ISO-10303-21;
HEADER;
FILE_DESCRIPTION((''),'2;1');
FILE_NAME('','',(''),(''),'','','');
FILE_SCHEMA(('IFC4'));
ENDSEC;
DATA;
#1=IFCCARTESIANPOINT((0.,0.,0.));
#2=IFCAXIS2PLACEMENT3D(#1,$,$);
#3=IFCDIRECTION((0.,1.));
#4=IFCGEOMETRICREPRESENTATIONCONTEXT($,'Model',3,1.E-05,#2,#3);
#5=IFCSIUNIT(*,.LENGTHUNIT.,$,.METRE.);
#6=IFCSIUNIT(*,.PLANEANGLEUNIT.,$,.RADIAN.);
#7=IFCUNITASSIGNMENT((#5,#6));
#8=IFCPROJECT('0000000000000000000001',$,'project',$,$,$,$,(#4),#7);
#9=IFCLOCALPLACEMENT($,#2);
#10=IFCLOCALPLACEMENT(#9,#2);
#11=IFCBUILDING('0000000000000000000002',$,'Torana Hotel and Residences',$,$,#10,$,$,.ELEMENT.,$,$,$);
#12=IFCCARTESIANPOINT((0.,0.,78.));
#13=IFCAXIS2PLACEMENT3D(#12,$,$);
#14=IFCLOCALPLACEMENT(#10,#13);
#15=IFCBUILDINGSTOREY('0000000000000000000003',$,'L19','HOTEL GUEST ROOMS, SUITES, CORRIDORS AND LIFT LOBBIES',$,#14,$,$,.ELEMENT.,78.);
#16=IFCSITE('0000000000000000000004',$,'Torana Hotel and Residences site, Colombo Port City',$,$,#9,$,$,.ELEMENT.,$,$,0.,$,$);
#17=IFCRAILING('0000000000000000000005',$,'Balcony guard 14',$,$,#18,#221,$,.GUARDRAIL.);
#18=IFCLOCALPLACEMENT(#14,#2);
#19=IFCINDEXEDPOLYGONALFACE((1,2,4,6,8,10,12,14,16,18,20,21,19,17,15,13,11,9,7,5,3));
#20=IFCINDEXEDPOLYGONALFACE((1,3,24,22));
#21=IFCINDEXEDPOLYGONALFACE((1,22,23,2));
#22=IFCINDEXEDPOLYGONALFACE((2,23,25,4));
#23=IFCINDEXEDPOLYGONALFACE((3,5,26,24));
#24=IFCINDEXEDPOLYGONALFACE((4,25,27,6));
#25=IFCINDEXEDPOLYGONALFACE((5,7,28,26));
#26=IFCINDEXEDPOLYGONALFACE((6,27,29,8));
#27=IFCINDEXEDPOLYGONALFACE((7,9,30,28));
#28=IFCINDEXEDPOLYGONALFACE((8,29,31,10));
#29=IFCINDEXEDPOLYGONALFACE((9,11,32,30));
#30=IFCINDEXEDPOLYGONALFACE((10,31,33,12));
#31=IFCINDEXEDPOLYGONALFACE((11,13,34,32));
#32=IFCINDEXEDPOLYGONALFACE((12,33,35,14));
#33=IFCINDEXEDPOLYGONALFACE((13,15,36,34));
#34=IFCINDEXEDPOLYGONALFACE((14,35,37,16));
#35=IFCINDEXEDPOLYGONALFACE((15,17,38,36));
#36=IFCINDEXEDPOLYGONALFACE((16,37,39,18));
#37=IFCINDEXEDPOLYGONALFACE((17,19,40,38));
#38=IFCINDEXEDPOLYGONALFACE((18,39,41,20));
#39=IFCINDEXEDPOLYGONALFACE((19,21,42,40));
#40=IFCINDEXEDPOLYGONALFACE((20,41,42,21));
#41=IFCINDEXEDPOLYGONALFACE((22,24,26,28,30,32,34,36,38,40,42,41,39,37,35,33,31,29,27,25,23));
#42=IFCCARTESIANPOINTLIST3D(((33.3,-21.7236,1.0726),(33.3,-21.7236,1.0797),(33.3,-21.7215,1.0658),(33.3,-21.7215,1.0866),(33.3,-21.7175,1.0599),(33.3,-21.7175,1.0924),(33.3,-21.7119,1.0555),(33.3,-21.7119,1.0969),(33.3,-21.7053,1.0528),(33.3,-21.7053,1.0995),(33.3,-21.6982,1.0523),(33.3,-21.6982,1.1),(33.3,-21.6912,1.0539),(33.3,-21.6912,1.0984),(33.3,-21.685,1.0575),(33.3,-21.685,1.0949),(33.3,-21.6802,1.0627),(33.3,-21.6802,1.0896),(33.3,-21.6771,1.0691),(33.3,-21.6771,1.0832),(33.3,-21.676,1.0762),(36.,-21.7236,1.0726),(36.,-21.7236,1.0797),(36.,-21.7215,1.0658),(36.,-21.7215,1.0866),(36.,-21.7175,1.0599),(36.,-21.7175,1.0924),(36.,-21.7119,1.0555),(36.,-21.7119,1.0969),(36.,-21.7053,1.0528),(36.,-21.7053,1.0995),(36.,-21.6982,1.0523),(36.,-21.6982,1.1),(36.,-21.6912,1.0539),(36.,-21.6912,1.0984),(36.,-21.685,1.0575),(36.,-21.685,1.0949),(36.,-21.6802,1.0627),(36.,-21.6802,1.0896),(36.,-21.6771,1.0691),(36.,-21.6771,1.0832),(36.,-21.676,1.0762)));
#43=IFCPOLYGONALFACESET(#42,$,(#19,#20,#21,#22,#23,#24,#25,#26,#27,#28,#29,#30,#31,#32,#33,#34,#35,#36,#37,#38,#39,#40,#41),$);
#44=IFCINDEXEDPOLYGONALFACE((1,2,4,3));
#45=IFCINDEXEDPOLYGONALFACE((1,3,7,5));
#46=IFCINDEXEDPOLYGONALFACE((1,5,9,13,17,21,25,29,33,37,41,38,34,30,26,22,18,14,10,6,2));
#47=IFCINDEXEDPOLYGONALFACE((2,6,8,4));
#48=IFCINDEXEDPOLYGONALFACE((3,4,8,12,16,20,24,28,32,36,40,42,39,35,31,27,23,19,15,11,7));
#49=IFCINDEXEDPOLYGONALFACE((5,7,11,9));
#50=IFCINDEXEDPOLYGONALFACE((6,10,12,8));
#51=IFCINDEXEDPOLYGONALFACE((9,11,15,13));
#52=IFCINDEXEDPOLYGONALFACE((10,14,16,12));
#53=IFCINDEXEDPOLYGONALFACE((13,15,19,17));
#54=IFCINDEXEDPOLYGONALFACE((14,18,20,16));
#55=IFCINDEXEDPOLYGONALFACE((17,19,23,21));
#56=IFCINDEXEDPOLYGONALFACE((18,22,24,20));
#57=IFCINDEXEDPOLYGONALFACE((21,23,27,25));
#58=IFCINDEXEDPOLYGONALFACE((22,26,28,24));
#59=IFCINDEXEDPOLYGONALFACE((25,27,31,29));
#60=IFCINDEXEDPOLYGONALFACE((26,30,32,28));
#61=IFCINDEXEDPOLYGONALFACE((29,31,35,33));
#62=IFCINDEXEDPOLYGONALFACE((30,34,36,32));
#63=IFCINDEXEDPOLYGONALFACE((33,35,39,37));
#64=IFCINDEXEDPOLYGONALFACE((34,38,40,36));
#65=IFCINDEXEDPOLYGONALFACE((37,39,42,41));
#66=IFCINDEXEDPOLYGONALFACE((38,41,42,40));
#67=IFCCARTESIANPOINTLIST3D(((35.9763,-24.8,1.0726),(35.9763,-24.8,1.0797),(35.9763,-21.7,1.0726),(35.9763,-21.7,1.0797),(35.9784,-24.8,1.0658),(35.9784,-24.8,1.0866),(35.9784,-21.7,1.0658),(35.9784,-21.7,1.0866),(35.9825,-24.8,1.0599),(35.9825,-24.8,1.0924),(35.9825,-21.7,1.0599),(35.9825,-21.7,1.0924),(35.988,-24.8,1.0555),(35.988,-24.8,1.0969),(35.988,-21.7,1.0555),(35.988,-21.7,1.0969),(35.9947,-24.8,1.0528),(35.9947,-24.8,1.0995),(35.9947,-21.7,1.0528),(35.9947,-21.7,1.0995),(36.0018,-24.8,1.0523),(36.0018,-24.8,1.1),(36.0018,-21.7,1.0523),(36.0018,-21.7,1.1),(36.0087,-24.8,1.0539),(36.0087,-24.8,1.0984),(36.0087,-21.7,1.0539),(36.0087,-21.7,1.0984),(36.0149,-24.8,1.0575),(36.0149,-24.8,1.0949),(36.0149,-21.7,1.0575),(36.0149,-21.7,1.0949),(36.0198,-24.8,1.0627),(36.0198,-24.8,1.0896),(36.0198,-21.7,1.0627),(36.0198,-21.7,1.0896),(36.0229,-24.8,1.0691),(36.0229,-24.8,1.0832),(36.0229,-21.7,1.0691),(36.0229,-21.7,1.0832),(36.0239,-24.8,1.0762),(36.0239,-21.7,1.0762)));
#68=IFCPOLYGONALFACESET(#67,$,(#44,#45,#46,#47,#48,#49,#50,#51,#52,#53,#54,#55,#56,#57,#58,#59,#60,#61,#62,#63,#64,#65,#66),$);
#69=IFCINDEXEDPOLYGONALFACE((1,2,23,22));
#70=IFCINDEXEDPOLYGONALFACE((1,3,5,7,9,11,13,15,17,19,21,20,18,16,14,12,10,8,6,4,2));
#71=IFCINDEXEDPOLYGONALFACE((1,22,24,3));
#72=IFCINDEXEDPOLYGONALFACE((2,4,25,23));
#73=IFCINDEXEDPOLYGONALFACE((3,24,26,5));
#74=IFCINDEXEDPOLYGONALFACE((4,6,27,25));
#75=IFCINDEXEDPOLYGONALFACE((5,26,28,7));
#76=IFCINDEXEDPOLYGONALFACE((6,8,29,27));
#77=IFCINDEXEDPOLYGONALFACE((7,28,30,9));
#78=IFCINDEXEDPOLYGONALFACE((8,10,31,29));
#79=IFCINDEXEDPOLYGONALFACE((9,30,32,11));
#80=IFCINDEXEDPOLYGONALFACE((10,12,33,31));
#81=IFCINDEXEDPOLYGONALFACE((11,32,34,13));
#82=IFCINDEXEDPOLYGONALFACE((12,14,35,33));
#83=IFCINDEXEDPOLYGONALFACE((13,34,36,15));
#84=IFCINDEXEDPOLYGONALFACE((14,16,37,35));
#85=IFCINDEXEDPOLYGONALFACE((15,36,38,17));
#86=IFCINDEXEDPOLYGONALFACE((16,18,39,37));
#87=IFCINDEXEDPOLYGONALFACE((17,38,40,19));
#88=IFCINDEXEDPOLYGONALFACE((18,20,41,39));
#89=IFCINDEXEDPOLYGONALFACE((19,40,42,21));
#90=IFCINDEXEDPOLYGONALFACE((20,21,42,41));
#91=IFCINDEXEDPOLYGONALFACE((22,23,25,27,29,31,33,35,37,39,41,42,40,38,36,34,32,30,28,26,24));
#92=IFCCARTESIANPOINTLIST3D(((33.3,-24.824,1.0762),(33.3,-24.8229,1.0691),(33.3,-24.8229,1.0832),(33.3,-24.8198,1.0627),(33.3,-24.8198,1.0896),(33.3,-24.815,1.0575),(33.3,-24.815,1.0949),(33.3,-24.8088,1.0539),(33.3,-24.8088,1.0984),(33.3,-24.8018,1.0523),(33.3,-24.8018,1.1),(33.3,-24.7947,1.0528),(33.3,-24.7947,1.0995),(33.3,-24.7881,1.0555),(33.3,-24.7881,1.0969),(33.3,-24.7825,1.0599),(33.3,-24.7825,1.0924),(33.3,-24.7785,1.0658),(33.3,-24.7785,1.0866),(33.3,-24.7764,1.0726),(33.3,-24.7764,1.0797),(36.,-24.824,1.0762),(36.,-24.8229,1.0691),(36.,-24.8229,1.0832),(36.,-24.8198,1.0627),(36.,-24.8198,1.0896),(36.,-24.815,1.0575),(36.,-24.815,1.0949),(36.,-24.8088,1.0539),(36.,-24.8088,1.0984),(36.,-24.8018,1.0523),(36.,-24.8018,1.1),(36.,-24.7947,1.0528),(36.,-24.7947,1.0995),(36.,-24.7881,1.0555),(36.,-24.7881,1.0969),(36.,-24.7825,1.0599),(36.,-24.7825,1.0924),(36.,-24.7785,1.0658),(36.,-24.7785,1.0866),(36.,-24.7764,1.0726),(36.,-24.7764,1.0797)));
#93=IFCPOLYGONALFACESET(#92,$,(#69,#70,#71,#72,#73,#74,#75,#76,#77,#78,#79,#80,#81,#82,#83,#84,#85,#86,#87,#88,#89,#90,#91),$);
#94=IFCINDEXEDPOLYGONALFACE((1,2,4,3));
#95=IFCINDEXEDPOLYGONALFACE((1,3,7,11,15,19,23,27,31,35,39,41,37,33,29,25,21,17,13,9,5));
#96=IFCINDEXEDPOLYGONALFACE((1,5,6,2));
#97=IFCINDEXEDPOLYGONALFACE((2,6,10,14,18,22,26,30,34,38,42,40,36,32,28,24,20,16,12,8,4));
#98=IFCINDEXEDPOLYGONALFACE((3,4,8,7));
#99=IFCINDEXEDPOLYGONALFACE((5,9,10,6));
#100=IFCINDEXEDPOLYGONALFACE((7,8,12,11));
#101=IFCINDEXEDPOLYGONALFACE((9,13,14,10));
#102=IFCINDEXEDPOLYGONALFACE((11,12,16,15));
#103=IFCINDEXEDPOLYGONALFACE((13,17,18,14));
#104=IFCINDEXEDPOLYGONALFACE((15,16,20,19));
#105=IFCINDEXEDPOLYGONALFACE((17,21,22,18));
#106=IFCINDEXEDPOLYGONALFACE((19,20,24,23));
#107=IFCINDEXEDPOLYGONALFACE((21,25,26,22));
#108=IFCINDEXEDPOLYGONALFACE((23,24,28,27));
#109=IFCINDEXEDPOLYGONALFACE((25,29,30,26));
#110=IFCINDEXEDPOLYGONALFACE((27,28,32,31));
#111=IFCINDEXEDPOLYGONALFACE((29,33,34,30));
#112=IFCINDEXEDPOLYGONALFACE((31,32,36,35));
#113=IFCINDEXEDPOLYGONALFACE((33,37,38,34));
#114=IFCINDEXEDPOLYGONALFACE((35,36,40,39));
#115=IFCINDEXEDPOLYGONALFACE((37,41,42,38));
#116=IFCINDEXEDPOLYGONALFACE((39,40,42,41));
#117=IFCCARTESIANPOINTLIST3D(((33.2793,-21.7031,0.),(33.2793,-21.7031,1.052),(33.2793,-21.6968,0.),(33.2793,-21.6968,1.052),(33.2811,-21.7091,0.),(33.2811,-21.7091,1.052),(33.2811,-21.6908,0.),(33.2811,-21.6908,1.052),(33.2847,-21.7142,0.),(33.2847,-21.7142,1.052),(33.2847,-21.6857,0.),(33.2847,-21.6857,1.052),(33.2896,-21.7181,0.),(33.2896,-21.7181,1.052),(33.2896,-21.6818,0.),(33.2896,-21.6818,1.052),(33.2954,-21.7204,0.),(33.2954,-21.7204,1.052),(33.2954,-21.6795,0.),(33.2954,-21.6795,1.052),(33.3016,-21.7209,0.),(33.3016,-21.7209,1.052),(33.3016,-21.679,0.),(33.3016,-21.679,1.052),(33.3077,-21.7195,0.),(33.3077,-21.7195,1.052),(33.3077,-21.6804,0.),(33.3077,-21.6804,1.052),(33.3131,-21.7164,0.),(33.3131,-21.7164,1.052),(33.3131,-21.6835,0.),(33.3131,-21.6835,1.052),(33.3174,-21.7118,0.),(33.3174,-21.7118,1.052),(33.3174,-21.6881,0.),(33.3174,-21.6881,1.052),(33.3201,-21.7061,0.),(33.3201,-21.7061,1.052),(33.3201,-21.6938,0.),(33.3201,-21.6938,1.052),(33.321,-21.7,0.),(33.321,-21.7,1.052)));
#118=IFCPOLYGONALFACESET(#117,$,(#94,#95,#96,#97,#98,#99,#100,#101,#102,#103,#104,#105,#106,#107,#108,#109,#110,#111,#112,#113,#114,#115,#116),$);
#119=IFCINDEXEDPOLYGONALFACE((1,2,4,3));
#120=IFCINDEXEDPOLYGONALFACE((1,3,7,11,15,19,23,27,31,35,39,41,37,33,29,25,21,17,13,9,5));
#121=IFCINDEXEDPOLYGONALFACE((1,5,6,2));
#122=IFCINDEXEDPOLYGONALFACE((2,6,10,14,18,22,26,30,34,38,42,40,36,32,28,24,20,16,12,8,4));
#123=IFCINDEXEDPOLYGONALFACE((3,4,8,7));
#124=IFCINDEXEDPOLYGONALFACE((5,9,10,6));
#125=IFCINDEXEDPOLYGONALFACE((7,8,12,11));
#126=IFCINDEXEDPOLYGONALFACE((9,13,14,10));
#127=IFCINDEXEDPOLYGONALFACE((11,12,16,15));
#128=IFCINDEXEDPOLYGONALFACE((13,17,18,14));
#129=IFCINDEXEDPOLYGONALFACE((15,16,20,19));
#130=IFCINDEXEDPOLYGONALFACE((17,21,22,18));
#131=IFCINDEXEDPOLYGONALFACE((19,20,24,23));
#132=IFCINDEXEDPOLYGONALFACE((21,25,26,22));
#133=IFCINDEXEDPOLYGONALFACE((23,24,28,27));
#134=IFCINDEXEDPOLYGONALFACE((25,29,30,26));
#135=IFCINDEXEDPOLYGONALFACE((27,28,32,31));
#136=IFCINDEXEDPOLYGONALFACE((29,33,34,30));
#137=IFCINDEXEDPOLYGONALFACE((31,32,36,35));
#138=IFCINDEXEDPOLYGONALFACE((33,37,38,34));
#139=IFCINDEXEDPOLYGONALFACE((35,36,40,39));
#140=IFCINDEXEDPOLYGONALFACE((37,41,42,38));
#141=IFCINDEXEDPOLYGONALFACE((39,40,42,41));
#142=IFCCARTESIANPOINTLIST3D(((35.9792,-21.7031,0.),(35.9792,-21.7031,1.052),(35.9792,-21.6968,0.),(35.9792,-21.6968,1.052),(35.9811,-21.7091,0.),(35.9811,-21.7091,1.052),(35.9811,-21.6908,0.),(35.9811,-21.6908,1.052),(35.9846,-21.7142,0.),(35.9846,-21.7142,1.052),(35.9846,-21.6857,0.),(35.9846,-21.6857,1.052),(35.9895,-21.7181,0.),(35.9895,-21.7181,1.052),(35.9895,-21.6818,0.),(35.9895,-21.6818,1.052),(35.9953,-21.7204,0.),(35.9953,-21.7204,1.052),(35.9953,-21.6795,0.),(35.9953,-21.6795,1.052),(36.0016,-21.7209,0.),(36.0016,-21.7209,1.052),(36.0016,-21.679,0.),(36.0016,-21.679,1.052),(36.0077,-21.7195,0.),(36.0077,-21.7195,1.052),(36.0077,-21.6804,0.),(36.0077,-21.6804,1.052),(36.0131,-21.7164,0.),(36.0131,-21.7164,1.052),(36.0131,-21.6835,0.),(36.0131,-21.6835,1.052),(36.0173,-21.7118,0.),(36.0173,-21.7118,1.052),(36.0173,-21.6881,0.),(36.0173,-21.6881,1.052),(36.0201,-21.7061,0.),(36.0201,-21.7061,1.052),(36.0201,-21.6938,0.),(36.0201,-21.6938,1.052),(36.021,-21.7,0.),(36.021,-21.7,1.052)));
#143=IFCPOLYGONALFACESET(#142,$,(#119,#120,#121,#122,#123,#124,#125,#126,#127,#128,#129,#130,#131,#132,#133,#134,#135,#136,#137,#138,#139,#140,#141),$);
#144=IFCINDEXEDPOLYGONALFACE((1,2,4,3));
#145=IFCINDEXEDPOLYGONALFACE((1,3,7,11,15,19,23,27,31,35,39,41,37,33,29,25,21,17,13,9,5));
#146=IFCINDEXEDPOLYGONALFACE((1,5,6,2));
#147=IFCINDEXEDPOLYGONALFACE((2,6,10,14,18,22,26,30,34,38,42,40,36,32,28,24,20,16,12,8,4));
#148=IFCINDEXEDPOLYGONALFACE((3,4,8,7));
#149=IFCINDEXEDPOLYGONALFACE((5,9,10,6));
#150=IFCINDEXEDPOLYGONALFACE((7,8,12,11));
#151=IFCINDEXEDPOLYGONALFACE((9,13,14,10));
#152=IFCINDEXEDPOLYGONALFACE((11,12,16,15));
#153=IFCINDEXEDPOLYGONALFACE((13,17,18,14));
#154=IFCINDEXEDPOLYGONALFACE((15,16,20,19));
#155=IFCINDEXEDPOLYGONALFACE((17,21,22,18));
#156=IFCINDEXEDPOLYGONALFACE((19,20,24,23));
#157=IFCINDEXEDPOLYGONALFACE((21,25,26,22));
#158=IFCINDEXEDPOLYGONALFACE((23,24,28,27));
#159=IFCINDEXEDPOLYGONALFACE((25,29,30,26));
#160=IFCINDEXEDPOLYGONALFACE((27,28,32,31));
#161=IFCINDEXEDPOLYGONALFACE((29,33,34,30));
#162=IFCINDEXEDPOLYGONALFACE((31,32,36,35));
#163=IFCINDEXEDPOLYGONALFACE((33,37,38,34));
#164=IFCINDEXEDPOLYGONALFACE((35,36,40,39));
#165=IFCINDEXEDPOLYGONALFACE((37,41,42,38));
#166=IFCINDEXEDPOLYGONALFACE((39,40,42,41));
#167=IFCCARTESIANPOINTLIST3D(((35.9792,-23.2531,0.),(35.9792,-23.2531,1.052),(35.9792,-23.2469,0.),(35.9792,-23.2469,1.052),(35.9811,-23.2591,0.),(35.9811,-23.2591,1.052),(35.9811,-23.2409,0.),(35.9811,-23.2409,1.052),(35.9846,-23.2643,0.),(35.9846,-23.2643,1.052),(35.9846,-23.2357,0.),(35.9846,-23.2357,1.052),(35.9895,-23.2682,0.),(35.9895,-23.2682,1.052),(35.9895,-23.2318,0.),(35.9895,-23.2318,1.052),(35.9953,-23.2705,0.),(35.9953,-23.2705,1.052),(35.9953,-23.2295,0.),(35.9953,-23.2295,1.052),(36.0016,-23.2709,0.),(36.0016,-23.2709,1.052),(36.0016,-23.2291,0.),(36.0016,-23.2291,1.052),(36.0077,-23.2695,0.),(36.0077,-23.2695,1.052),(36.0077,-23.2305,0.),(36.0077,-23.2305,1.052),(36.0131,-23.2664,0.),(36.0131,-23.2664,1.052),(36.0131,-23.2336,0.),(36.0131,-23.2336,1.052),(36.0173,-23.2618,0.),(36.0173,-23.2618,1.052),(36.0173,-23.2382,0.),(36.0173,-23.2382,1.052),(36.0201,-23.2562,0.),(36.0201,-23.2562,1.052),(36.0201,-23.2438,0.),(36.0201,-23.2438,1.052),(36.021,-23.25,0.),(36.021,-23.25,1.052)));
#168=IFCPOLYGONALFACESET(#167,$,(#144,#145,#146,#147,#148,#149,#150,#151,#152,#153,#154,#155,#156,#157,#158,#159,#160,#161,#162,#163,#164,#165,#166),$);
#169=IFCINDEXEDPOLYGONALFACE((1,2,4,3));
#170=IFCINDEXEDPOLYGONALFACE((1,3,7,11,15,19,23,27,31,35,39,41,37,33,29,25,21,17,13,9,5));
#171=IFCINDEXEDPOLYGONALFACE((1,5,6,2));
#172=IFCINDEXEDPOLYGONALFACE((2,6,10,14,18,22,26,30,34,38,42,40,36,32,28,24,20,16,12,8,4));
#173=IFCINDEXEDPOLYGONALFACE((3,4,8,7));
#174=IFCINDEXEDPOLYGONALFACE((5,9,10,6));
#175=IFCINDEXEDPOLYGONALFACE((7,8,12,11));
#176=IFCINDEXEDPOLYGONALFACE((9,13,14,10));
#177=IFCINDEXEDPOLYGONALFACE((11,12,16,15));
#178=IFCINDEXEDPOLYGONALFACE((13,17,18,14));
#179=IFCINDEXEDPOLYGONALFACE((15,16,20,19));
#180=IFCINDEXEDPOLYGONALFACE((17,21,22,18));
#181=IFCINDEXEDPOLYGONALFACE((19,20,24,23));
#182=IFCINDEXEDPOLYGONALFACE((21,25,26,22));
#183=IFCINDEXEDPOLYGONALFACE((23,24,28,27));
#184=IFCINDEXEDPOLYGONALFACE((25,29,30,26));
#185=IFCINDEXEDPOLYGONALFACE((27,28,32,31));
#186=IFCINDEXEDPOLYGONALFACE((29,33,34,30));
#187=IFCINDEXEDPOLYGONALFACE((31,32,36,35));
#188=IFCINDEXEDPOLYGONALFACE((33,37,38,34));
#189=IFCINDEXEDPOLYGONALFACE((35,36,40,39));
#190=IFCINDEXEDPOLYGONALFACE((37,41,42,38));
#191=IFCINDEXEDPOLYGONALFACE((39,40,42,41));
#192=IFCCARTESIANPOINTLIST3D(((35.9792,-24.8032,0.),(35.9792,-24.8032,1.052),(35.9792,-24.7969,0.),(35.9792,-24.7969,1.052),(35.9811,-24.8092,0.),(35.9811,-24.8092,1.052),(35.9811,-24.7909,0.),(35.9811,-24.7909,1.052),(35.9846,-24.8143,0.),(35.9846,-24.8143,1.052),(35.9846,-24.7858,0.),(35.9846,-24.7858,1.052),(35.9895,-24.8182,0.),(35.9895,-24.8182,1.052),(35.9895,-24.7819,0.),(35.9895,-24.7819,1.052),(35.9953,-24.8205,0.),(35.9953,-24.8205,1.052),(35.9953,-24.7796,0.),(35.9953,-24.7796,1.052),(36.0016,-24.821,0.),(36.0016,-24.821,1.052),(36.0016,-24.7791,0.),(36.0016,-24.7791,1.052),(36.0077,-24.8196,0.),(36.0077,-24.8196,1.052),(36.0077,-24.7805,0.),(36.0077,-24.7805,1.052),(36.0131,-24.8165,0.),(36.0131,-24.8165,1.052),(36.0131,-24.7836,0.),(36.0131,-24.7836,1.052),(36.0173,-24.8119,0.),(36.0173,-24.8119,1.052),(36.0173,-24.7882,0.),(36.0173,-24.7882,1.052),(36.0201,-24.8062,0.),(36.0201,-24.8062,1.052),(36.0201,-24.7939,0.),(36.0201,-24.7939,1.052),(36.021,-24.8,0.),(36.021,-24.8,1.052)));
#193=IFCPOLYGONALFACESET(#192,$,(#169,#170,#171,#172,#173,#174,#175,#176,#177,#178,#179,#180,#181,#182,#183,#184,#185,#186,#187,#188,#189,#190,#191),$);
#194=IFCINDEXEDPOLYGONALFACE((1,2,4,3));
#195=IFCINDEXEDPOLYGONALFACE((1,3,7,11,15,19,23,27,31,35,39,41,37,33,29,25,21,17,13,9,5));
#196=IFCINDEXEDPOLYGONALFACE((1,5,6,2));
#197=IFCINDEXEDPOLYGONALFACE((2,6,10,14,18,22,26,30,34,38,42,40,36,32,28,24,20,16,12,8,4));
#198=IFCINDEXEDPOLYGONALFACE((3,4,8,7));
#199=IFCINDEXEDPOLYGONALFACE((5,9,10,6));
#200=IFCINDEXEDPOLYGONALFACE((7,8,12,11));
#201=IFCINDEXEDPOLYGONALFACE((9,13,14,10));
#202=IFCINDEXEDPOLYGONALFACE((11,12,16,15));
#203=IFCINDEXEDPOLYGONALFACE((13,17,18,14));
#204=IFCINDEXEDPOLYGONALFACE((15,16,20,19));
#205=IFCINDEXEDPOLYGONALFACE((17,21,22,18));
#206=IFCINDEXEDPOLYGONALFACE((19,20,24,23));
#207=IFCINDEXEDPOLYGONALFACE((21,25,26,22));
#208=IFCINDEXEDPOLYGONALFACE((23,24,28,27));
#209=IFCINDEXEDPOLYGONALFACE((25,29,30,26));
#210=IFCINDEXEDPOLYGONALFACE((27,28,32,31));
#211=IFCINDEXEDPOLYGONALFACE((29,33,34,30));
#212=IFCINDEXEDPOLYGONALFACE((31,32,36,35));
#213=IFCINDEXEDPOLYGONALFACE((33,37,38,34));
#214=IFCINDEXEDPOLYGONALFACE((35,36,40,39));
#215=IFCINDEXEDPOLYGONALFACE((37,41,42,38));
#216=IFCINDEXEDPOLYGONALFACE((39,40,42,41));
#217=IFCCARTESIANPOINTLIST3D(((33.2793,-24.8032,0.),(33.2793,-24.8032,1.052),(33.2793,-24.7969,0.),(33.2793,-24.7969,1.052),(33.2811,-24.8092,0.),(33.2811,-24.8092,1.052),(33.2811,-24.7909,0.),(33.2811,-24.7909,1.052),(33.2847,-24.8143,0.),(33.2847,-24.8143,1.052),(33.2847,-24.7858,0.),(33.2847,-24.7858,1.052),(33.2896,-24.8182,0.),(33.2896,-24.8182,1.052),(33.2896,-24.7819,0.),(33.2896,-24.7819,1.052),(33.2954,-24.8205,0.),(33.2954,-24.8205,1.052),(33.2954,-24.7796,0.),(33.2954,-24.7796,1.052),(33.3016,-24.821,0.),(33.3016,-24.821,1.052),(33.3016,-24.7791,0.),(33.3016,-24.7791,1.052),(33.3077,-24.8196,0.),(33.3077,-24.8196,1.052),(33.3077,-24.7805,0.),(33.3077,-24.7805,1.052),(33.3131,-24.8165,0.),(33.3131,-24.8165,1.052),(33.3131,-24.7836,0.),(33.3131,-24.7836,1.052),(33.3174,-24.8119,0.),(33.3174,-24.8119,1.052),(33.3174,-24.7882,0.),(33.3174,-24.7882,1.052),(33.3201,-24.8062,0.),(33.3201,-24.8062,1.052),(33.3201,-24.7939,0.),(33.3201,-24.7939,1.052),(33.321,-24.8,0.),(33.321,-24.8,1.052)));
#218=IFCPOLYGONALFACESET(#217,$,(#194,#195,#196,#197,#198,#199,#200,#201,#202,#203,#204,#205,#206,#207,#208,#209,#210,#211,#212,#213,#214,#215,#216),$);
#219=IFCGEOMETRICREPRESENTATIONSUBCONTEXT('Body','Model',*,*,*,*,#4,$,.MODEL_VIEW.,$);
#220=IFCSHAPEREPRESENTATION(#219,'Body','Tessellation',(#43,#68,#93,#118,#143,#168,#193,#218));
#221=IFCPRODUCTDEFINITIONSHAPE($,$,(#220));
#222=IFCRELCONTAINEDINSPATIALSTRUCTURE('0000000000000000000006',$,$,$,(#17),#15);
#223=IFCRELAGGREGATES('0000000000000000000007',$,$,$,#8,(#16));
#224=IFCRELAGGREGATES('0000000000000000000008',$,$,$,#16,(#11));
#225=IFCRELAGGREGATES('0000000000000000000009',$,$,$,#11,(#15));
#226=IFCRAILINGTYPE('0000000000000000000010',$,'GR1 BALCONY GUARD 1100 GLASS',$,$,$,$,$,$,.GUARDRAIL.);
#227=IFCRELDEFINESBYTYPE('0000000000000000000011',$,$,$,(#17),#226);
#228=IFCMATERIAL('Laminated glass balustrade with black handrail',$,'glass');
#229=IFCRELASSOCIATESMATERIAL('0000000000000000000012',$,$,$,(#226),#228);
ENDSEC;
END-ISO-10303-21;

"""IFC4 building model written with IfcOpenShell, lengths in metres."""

from ifc_helpers import new_model, si_unit, direction, frame, origin, origin_2d, place, context, subcontext, project, spatial, circle, extrude, material, type_object, element, save


model = new_model("IFC4")

# Units and contexts
model_context = context("Model", 3, precision=1e-05, world=origin(), true_north=direction((0.0, 1.0)))
body_context = subcontext(model_context, "Body", "Model", "MODEL_VIEW")
ifc_project = project(units=[si_unit("LENGTHUNIT", "METRE"), si_unit("PLANEANGLEUNIT", "RADIAN")], contexts=[model_context])

# Site, building, storey
site_placement = place(None, origin())
site = spatial("IfcSite", under=ifc_project, at=site_placement, Name="Torana Hotel and Residences site, Colombo Port City", CompositionType="ELEMENT", RefElevation=0.0)
building_placement = place(site_placement, origin())
building = spatial("IfcBuilding", under=site, at=building_placement, Name="Torana Hotel and Residences", CompositionType="ELEMENT")
storey_placement = place(building_placement, frame((0.0, 0.0, 78.0)))
storey = spatial("IfcBuildingStorey", under=building, at=storey_placement, Name="L19", Description="HOTEL GUEST ROOMS, SUITES, CORRIDORS AND LIFT LOBBIES", CompositionType="ELEMENT", Elevation=78.0)

# Railing
ifc_material_1 = material(Name="Laminated glass balustrade with black handrail", Category="glass")
railing_type = type_object("IfcRailingType", Name="GR1 BALCONY GUARD 1100 GLASS", PredefinedType="GUARDRAIL", material=ifc_material_1)
railing_1_placement = place(storey_placement, frame((33.3, -21.7, 0.0)))
element("IfcRailing", 1, at=railing_1_placement, inside=storey, type_object=railing_type, Name="Balcony guard 14", PredefinedType="GUARDRAIL", context=body_context, shape_type="SweptSolid", body=[
    extrude(circle(Radius=0.0239, at=origin_2d()), frame((0.0, 0.0, 1.0762), z_axis=(1.0, 0.0, 0.0), x_axis=(0.0, 1.0, 0.0)), (0.0, 0.0, 1.0), 2.7),
    extrude(circle(Radius=0.0239, at=origin_2d()), frame((2.7, 0.0, 1.0762), z_axis=(0.0, -1.0, 0.0), x_axis=(1.0, 0.0, 0.0)), (0.0, 0.0, 1.0), 3.1001),
    extrude(circle(Radius=0.0239, at=origin_2d()), frame((2.7, -3.1001, 1.0762), z_axis=(-1.0, 0.0, 0.0), x_axis=(0.0, -1.0, 0.0)), (0.0, 0.0, 1.0), 2.7),
    extrude(circle(Radius=0.021, at=origin_2d()), origin(), (0.0, 0.0, 1.0), 1.052),
    extrude(circle(Radius=0.021, at=origin_2d()), frame((2.7, 0.0, 0.0)), (0.0, 0.0, 1.0), 1.052),
    extrude(circle(Radius=0.021, at=origin_2d()), frame((2.7, -1.55, 0.0)), (0.0, 0.0, 1.0), 1.052),
    extrude(circle(Radius=0.021, at=origin_2d()), frame((2.7, -3.1001, 0.0)), (0.0, 0.0, 1.0), 1.052),
    extrude(circle(Radius=0.021, at=origin_2d()), frame((0.0, -3.1001, 0.0)), (0.0, 0.0, 1.0), 1.052),
])

save(model, "model.ifc")
